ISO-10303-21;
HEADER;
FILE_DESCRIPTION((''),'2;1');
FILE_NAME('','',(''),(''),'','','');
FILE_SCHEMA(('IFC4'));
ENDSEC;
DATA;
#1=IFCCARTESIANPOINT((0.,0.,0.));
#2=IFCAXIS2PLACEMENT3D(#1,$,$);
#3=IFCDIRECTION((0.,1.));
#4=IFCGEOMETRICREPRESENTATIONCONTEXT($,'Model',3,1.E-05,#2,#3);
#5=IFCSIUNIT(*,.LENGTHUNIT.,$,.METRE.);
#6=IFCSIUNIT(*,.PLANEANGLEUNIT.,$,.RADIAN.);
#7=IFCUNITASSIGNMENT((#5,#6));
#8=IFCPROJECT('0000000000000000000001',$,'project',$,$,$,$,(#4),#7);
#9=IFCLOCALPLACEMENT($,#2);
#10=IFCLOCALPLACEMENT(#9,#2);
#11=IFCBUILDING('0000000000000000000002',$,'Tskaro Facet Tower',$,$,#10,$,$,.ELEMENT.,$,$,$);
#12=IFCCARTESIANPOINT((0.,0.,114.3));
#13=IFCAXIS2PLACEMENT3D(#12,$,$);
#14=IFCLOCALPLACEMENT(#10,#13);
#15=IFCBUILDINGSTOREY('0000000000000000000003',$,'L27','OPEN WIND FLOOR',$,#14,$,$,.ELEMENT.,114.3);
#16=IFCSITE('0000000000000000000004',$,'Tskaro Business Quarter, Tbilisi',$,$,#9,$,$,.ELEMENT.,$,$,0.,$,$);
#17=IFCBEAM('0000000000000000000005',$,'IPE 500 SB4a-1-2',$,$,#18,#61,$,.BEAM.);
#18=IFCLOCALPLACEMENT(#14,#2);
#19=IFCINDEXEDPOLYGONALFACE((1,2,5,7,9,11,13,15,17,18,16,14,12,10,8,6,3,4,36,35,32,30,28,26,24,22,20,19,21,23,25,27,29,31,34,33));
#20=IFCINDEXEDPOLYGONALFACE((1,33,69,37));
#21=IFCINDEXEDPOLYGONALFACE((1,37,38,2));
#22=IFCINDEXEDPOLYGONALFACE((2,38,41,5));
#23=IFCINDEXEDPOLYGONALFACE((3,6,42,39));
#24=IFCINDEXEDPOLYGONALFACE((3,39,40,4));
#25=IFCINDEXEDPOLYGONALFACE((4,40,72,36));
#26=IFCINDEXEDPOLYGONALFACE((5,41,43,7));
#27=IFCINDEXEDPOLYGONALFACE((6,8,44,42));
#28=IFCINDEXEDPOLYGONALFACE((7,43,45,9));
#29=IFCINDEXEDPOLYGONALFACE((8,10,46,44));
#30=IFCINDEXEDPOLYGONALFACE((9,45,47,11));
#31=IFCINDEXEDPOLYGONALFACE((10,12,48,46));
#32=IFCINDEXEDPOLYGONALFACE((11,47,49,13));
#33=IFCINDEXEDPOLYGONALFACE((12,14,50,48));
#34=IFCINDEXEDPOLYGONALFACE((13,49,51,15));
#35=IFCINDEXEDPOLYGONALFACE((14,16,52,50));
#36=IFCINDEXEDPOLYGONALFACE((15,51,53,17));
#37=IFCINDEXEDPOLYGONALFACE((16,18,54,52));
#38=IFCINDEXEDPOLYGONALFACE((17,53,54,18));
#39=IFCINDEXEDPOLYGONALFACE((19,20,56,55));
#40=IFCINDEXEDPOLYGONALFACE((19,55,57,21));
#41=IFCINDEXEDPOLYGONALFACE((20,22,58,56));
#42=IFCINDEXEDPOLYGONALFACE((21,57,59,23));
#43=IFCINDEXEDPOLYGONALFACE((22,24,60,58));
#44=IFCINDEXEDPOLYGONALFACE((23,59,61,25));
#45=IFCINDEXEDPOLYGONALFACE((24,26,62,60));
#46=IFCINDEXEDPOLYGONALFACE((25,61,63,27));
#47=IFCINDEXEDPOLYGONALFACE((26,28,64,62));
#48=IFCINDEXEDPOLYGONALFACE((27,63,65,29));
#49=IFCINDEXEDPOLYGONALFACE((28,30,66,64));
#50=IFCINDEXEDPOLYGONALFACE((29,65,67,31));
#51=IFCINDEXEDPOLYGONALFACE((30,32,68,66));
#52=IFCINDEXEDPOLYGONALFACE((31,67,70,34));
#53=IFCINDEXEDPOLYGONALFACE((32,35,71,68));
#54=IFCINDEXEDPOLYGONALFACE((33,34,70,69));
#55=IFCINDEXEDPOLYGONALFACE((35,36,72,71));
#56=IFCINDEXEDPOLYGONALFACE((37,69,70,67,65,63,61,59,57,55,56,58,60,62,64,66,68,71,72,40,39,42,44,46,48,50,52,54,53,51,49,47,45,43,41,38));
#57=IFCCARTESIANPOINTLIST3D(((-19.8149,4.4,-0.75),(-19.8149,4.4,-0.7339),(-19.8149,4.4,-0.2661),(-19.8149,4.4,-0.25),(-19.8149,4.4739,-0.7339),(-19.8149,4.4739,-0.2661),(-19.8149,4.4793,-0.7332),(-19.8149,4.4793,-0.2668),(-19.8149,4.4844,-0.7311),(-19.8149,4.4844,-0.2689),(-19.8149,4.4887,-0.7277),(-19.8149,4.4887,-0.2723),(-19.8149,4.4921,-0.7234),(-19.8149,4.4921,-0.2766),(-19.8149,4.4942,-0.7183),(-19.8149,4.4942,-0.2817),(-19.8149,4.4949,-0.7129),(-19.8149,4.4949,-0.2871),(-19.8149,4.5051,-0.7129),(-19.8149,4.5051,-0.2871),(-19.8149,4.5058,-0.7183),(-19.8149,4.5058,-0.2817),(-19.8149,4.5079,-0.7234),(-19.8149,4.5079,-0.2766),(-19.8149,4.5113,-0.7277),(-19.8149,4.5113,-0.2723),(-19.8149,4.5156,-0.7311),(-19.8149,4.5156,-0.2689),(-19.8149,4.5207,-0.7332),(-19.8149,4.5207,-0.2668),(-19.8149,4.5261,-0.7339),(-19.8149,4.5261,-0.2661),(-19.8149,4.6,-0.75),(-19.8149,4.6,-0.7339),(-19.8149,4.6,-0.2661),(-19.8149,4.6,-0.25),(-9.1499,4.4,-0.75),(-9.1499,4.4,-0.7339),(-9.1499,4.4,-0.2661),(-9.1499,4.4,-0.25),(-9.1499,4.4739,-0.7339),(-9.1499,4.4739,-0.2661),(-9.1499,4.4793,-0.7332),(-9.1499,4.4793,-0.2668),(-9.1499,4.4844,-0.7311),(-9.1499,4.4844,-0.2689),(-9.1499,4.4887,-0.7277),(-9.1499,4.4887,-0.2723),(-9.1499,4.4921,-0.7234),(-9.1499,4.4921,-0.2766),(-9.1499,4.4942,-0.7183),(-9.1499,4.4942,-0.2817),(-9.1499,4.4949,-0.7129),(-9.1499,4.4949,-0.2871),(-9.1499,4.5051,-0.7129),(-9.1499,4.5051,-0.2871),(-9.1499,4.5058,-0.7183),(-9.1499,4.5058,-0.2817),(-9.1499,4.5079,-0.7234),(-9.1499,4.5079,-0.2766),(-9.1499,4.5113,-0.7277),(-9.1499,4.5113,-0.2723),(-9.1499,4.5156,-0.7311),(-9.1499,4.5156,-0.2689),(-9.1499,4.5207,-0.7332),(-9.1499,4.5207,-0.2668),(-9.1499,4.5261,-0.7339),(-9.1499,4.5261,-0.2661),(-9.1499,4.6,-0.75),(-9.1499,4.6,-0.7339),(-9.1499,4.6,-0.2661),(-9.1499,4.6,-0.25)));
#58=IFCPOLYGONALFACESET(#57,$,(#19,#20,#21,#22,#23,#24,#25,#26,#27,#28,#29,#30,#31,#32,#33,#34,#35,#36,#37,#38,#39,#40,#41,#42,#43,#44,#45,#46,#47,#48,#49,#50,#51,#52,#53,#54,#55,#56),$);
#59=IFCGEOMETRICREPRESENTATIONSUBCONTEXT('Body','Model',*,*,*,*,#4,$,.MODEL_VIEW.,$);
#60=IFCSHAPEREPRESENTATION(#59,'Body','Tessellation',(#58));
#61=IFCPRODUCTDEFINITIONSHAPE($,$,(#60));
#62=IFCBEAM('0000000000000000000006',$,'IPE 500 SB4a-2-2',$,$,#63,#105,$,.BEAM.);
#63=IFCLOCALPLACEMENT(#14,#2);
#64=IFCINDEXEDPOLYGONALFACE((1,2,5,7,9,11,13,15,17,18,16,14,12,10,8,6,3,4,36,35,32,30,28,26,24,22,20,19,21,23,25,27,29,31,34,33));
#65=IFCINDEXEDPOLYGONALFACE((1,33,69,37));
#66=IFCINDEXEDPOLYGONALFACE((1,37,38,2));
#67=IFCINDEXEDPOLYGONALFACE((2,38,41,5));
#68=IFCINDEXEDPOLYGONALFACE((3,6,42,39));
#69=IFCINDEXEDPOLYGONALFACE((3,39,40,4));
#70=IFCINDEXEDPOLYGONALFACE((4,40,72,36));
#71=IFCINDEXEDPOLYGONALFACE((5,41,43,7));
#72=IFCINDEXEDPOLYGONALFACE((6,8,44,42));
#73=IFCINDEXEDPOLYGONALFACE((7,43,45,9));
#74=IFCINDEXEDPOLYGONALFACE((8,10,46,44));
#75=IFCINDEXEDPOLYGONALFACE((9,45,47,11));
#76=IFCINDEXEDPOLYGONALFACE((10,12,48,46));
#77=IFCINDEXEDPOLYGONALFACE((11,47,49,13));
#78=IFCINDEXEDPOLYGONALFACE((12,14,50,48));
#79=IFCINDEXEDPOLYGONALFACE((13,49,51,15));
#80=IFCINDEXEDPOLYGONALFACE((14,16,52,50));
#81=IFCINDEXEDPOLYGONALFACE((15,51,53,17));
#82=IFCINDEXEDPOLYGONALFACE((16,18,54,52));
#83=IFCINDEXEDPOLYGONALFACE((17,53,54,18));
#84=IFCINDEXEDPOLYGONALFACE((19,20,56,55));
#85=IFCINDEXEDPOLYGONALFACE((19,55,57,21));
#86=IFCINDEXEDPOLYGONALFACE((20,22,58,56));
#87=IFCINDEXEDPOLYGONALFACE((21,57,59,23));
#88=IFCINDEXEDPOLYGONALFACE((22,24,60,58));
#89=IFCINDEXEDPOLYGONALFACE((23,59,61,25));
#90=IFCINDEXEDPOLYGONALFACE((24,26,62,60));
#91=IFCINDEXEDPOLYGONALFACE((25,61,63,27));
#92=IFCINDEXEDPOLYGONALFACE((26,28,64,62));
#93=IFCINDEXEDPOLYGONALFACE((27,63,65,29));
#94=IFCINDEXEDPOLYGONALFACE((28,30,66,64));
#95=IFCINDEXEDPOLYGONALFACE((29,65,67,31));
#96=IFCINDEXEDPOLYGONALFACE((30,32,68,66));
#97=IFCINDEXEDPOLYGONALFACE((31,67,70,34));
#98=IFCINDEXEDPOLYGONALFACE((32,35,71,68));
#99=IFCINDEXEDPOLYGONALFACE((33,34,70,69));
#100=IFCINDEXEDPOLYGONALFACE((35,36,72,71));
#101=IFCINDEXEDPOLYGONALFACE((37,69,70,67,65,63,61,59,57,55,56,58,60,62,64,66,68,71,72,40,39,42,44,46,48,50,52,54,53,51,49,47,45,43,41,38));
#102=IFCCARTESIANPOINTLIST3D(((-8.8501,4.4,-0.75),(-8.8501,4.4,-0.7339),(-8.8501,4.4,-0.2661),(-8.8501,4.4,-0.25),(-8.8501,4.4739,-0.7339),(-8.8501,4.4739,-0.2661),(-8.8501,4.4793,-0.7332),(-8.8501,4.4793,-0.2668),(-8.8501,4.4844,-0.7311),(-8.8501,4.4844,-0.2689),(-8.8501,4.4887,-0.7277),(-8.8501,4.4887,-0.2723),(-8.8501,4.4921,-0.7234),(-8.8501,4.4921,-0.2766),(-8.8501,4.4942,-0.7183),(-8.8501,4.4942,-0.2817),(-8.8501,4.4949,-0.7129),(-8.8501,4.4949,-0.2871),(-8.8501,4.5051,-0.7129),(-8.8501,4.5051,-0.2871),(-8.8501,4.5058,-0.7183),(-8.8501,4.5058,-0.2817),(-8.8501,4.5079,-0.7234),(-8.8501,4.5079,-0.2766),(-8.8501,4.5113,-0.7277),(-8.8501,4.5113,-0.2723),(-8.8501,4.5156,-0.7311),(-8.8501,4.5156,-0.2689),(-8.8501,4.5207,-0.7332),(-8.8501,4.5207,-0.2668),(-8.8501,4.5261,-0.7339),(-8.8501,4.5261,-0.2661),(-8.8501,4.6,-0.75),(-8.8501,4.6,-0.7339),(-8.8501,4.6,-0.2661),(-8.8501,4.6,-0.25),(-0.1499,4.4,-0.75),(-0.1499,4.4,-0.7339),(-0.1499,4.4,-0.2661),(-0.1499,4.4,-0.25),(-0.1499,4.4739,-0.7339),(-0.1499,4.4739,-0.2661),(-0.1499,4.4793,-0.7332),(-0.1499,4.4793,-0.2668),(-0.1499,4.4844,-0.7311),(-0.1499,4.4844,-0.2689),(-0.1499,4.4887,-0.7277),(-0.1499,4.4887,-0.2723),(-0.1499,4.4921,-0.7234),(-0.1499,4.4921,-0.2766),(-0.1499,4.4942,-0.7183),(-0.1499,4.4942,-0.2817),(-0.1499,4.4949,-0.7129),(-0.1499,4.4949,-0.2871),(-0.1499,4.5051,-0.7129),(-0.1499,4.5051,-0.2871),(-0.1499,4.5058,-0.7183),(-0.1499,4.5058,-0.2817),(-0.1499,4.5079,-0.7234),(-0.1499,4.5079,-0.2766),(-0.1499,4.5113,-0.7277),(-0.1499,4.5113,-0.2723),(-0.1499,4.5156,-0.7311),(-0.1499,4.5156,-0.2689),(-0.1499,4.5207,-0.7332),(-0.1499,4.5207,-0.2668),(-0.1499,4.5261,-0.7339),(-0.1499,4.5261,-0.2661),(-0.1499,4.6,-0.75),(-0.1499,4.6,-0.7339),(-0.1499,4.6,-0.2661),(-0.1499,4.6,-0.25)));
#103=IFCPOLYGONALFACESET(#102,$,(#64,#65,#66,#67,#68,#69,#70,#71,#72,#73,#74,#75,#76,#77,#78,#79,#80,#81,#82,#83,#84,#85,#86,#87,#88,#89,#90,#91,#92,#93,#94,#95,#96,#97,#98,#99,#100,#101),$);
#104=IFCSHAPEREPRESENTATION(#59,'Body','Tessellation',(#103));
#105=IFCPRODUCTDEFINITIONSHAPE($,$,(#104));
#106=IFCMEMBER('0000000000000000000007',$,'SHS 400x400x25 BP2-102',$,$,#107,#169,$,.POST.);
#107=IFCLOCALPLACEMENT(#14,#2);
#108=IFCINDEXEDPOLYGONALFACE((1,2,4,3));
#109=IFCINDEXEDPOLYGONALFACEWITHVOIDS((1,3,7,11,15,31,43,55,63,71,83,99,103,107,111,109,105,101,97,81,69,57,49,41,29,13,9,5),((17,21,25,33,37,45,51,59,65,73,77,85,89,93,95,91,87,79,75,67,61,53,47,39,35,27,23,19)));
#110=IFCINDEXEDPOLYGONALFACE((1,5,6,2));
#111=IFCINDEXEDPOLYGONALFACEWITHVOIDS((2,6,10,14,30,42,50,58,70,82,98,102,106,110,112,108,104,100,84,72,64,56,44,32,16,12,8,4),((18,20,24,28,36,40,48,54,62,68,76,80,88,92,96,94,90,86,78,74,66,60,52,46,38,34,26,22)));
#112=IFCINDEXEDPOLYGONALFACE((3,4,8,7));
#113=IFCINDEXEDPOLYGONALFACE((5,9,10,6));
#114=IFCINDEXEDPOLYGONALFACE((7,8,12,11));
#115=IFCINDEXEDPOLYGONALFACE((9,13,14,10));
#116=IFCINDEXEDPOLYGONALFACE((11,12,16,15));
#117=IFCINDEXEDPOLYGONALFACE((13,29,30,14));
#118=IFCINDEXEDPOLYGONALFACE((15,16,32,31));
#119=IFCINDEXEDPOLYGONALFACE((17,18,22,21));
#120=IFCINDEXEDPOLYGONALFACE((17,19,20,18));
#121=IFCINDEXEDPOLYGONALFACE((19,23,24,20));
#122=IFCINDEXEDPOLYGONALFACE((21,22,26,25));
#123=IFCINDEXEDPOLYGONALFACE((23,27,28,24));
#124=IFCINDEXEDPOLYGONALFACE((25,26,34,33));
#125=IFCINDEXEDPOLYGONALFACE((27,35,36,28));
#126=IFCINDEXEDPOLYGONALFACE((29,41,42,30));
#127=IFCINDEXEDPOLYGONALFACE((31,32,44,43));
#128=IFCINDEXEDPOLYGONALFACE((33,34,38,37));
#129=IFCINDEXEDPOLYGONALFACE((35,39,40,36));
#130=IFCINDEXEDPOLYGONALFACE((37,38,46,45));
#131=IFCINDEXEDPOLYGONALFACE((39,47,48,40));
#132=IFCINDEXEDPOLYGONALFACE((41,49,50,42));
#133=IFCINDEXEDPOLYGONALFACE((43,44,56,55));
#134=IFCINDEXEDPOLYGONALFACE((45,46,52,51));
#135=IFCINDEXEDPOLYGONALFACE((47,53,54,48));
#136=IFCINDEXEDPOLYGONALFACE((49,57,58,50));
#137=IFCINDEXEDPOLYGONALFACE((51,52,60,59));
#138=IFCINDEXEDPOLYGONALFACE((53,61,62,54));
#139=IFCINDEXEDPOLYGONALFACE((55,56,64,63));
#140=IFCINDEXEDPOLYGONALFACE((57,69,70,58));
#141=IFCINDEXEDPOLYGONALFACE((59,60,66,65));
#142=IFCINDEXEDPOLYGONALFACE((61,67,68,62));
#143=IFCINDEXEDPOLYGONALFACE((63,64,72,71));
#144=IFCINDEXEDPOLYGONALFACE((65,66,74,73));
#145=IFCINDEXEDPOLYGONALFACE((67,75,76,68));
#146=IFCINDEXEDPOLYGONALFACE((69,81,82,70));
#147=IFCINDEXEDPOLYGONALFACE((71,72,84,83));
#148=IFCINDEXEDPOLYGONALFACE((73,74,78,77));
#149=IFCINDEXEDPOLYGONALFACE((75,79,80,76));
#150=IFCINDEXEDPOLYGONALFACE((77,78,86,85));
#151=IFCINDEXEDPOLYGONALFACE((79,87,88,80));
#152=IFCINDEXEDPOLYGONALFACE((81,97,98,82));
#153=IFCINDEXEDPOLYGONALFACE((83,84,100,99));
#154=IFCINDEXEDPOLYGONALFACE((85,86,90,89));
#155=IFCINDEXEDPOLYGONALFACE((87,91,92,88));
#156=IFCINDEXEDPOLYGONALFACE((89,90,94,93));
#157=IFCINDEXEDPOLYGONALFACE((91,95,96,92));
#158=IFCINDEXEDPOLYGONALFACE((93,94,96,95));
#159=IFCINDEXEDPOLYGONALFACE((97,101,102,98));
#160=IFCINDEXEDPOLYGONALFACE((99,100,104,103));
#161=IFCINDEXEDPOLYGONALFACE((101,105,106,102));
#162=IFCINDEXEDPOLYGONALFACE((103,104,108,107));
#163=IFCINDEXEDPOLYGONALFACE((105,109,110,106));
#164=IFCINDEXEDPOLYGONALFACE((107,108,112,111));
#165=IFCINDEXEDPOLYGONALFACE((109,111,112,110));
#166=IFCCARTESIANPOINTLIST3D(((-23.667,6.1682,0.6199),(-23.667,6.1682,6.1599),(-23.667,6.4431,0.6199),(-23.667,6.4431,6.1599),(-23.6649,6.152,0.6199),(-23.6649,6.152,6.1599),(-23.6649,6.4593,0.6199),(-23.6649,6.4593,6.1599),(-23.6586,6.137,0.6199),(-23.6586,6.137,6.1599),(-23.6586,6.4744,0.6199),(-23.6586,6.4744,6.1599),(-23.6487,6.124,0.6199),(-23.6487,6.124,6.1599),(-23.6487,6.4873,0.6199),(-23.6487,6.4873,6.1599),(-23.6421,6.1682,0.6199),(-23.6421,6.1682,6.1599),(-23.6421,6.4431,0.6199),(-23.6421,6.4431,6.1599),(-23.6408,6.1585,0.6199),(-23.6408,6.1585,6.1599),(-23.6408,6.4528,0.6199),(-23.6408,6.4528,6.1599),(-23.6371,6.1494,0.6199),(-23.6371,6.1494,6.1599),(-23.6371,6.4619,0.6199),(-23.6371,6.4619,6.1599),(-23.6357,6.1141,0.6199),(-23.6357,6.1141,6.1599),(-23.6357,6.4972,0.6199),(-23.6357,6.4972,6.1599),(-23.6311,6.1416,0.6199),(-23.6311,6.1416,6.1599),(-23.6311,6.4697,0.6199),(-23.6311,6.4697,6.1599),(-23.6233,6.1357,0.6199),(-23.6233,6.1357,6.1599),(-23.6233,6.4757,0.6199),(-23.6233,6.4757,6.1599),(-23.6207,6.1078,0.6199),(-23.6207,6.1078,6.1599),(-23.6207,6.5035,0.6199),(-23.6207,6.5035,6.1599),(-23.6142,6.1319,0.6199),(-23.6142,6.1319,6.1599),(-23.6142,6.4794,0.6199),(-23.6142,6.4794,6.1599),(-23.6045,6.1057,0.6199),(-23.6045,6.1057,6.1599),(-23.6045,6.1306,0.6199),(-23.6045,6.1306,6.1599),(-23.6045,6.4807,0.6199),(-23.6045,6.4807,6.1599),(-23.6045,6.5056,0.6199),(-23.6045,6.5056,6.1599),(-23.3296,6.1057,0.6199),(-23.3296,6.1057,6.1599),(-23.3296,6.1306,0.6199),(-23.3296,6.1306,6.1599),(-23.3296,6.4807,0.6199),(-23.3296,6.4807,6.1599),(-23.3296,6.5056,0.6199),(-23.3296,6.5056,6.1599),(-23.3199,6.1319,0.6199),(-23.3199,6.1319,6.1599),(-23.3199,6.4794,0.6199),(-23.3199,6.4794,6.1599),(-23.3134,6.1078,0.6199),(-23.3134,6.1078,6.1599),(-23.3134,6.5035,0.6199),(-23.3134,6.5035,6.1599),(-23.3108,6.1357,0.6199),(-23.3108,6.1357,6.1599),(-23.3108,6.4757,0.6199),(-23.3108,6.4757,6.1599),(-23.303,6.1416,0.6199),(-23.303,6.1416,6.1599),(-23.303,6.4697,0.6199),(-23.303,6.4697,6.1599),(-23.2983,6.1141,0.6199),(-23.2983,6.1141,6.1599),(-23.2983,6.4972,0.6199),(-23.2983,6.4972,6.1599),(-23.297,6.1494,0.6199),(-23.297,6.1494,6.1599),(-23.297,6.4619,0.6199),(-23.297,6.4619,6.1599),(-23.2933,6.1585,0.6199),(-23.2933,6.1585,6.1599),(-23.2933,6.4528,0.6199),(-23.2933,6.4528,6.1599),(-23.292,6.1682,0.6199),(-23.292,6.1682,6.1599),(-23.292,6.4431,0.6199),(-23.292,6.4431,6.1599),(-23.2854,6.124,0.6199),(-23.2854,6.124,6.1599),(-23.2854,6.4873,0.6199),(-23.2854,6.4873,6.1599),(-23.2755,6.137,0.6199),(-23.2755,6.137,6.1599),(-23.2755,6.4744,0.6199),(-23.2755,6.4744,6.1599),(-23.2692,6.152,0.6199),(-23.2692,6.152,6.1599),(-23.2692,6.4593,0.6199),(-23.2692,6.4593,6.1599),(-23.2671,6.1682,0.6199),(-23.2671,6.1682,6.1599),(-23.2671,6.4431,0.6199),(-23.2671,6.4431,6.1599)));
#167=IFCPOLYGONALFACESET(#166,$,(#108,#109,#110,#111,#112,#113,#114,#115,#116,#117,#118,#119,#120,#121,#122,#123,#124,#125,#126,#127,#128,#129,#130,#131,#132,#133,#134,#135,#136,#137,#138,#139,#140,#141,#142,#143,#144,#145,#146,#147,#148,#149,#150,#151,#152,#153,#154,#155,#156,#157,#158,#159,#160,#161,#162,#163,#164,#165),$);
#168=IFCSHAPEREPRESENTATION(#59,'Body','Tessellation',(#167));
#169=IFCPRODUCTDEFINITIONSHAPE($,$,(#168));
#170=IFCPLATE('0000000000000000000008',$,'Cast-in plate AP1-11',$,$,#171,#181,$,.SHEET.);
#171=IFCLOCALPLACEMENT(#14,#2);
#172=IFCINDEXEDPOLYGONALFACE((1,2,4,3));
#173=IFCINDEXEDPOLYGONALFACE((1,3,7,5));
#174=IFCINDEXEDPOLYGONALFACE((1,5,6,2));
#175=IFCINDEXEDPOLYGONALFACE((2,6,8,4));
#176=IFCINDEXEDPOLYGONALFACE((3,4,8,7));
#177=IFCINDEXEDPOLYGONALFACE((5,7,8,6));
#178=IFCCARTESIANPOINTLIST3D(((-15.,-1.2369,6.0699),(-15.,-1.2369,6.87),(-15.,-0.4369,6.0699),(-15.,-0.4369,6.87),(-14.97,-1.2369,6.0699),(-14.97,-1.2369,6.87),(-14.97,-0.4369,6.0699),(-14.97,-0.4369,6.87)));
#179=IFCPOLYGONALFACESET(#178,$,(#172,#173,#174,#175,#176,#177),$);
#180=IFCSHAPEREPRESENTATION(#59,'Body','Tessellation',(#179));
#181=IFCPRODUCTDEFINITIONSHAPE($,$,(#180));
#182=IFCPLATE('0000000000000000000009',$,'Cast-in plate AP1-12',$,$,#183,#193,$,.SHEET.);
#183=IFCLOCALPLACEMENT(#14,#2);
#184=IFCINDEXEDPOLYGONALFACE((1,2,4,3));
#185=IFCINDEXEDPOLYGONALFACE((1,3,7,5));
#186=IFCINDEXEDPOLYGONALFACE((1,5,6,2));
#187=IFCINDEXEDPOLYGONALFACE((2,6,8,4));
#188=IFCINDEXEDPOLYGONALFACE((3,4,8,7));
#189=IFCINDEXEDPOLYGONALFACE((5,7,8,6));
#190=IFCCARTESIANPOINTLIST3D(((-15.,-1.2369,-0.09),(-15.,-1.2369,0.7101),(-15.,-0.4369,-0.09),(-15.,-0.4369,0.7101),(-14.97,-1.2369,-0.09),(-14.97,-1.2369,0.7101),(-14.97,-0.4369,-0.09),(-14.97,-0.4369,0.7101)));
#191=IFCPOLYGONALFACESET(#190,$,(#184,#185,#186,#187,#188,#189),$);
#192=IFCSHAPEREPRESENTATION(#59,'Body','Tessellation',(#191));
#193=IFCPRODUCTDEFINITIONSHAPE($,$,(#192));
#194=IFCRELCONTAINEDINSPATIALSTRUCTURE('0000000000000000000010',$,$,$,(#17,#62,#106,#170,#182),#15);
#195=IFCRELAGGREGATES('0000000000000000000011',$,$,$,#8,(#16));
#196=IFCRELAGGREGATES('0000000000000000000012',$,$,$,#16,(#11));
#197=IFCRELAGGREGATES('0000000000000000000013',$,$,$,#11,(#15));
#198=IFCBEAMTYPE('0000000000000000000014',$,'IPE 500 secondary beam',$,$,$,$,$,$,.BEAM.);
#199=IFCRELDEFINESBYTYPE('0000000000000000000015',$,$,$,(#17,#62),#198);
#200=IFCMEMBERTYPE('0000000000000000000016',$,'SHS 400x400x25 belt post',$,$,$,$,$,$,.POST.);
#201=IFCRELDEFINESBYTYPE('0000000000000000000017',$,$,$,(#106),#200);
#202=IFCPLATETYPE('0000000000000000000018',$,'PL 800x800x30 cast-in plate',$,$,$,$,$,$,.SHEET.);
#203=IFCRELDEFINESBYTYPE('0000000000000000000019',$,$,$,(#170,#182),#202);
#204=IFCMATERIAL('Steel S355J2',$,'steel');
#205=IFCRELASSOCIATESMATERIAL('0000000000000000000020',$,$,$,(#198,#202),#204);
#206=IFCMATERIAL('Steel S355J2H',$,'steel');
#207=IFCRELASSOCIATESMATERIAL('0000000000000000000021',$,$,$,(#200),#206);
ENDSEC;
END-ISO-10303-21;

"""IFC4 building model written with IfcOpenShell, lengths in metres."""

from ifc_helpers import new_model, si_unit, direction, frame, origin, origin_2d, place, context, subcontext, project, spatial, rectangle, hollow_rectangle, i_section, extrude, material, material_profile, profile_set, type_object, element, save


model = new_model("IFC4")

# Units and contexts
model_context = context("Model", 3, precision=1e-05, world=origin(), true_north=direction((0.0, 1.0)))
body_context = subcontext(model_context, "Body", "Model", "MODEL_VIEW")
ifc_project = project(units=[si_unit("LENGTHUNIT", "METRE"), si_unit("PLANEANGLEUNIT", "RADIAN")], contexts=[model_context])

# Site, building, storey
site_placement = place(None, origin())
site = spatial("IfcSite", under=ifc_project, at=site_placement, Name="Tskaro Business Quarter, Tbilisi", CompositionType="ELEMENT", RefElevation=0.0)
building_placement = place(site_placement, origin())
building = spatial("IfcBuilding", under=site, at=building_placement, Name="Tskaro Facet Tower", CompositionType="ELEMENT")
storey_placement = place(building_placement, frame((0.0, 0.0, 114.3)))
storey = spatial("IfcBuildingStorey", under=building, at=storey_placement, Name="L27", Description="OPEN WIND FLOOR", CompositionType="ELEMENT", Elevation=114.3)

# Shared definitions
ifc_material_1 = material(Name="Steel S355J2H", Category="steel")

# Shared definitions
ifc_material_2 = material(Name="Steel S355J2", Category="steel")

# Beams
ifc_material_profile_1 = material_profile(ifc_material_2, i_section(OverallWidth=0.2, OverallDepth=0.5, WebThickness=0.0103, FlangeThickness=0.0161, FilletRadius=0.021, at=origin_2d()), Name="IPE 500")
ifc_profile_set_1 = profile_set([ifc_material_profile_1], Name="Steel S355J2")
beam_type_1 = type_object("IfcBeamType", Name="IPE 500 secondary beam", PredefinedType="BEAM", material=ifc_profile_set_1)
beam_1_placement = place(storey_placement, frame((-19.8149, 4.5, -0.5), z_axis=(1.0, 0.0, 0.0), x_axis=(0.0, 1.0, 0.0)))
element("IfcBeam", 1, at=beam_1_placement, inside=storey, type_object=beam_type_1, Name="IPE 500 SB4a-1-2", PredefinedType="BEAM", context=body_context, shape_type="SweptSolid", body=[
    extrude(i_section(OverallWidth=0.2, OverallDepth=0.5, WebThickness=0.0103, FlangeThickness=0.0161, FilletRadius=0.021, at=origin_2d()), origin(), (0.0, 0.0, 1.0), 10.665),
])
beam_2_placement = place(storey_placement, frame((-8.8501, 4.5, -0.5), z_axis=(1.0, 0.0, 0.0), x_axis=(0.0, 1.0, 0.0)))
element("IfcBeam", 2, at=beam_2_placement, inside=storey, type_object=beam_type_1, Name="IPE 500 SB4a-2-2", PredefinedType="BEAM", context=body_context, shape_type="SweptSolid", body=[
    extrude(i_section(OverallWidth=0.2, OverallDepth=0.5, WebThickness=0.0103, FlangeThickness=0.0161, FilletRadius=0.021, at=origin_2d()), origin(), (0.0, 0.0, 1.0), 8.7002),
])

# Member
ifc_material_profile_2 = material_profile(ifc_material_1, hollow_rectangle(XDim=0.3999, YDim=0.3999, WallThickness=0.0249, InnerFilletRadius=0.0376, OuterFilletRadius=0.0625, at=origin_2d()), Name="SHS 400x400x25")
ifc_profile_set_2 = profile_set([ifc_material_profile_2], Name="Steel S355J2H")
member_type_1 = type_object("IfcMemberType", Name="SHS 400x400x25 belt post", PredefinedType="POST", material=ifc_profile_set_2)
member_1_placement = place(storey_placement, frame((-23.467, 6.3057, 0.6199), z_axis=(0.0, 0.0, 1.0), x_axis=(1.0, 0.0, 0.0)))
element("IfcMember", 3, at=member_1_placement, inside=storey, type_object=member_type_1, Name="SHS 400x400x25 BP2-102", PredefinedType="POST", context=body_context, shape_type="SweptSolid", body=[
    extrude(hollow_rectangle(XDim=0.3999, YDim=0.3999, WallThickness=0.0249, InnerFilletRadius=0.0376, OuterFilletRadius=0.0625, at=origin_2d()), origin(), (0.0, 0.0, 1.0), 5.54),
])

# Plates
ifc_material_profile_3 = material_profile(ifc_material_2, rectangle(XDim=0.8, YDim=0.8, at=origin_2d()), Name="PL 800x800x30 cast-in plate")
ifc_profile_set_3 = profile_set([ifc_material_profile_3], Name="Steel S355J2")
plate_type = type_object("IfcPlateType", Name="PL 800x800x30 cast-in plate", PredefinedType="SHEET", material=ifc_profile_set_3)
for number, where, z_axis, x_axis, name in (
    (4, (-14.97, -0.8369, 6.47), (-1.0, 0.0, 0.0), (0.0, -1.0, 0.0), "Cast-in plate AP1-11"),
    (5, (-14.97, -0.8369, 0.3101), (-1.0, 0.0, 0.0), (0.0, -1.0, 0.0), "Cast-in plate AP1-12"),
):
    element("IfcPlate", number, at=place(storey_placement, frame(where, z_axis=z_axis, x_axis=x_axis)), inside=storey, type_object=plate_type, Name=name, PredefinedType="SHEET", context=body_context, shape_type="SweptSolid", body=[
        extrude(rectangle(XDim=0.8, YDim=0.8, at=origin_2d()), origin(), (0.0, 0.0, 1.0), 0.03),
    ])

save(model, "model.ifc")
